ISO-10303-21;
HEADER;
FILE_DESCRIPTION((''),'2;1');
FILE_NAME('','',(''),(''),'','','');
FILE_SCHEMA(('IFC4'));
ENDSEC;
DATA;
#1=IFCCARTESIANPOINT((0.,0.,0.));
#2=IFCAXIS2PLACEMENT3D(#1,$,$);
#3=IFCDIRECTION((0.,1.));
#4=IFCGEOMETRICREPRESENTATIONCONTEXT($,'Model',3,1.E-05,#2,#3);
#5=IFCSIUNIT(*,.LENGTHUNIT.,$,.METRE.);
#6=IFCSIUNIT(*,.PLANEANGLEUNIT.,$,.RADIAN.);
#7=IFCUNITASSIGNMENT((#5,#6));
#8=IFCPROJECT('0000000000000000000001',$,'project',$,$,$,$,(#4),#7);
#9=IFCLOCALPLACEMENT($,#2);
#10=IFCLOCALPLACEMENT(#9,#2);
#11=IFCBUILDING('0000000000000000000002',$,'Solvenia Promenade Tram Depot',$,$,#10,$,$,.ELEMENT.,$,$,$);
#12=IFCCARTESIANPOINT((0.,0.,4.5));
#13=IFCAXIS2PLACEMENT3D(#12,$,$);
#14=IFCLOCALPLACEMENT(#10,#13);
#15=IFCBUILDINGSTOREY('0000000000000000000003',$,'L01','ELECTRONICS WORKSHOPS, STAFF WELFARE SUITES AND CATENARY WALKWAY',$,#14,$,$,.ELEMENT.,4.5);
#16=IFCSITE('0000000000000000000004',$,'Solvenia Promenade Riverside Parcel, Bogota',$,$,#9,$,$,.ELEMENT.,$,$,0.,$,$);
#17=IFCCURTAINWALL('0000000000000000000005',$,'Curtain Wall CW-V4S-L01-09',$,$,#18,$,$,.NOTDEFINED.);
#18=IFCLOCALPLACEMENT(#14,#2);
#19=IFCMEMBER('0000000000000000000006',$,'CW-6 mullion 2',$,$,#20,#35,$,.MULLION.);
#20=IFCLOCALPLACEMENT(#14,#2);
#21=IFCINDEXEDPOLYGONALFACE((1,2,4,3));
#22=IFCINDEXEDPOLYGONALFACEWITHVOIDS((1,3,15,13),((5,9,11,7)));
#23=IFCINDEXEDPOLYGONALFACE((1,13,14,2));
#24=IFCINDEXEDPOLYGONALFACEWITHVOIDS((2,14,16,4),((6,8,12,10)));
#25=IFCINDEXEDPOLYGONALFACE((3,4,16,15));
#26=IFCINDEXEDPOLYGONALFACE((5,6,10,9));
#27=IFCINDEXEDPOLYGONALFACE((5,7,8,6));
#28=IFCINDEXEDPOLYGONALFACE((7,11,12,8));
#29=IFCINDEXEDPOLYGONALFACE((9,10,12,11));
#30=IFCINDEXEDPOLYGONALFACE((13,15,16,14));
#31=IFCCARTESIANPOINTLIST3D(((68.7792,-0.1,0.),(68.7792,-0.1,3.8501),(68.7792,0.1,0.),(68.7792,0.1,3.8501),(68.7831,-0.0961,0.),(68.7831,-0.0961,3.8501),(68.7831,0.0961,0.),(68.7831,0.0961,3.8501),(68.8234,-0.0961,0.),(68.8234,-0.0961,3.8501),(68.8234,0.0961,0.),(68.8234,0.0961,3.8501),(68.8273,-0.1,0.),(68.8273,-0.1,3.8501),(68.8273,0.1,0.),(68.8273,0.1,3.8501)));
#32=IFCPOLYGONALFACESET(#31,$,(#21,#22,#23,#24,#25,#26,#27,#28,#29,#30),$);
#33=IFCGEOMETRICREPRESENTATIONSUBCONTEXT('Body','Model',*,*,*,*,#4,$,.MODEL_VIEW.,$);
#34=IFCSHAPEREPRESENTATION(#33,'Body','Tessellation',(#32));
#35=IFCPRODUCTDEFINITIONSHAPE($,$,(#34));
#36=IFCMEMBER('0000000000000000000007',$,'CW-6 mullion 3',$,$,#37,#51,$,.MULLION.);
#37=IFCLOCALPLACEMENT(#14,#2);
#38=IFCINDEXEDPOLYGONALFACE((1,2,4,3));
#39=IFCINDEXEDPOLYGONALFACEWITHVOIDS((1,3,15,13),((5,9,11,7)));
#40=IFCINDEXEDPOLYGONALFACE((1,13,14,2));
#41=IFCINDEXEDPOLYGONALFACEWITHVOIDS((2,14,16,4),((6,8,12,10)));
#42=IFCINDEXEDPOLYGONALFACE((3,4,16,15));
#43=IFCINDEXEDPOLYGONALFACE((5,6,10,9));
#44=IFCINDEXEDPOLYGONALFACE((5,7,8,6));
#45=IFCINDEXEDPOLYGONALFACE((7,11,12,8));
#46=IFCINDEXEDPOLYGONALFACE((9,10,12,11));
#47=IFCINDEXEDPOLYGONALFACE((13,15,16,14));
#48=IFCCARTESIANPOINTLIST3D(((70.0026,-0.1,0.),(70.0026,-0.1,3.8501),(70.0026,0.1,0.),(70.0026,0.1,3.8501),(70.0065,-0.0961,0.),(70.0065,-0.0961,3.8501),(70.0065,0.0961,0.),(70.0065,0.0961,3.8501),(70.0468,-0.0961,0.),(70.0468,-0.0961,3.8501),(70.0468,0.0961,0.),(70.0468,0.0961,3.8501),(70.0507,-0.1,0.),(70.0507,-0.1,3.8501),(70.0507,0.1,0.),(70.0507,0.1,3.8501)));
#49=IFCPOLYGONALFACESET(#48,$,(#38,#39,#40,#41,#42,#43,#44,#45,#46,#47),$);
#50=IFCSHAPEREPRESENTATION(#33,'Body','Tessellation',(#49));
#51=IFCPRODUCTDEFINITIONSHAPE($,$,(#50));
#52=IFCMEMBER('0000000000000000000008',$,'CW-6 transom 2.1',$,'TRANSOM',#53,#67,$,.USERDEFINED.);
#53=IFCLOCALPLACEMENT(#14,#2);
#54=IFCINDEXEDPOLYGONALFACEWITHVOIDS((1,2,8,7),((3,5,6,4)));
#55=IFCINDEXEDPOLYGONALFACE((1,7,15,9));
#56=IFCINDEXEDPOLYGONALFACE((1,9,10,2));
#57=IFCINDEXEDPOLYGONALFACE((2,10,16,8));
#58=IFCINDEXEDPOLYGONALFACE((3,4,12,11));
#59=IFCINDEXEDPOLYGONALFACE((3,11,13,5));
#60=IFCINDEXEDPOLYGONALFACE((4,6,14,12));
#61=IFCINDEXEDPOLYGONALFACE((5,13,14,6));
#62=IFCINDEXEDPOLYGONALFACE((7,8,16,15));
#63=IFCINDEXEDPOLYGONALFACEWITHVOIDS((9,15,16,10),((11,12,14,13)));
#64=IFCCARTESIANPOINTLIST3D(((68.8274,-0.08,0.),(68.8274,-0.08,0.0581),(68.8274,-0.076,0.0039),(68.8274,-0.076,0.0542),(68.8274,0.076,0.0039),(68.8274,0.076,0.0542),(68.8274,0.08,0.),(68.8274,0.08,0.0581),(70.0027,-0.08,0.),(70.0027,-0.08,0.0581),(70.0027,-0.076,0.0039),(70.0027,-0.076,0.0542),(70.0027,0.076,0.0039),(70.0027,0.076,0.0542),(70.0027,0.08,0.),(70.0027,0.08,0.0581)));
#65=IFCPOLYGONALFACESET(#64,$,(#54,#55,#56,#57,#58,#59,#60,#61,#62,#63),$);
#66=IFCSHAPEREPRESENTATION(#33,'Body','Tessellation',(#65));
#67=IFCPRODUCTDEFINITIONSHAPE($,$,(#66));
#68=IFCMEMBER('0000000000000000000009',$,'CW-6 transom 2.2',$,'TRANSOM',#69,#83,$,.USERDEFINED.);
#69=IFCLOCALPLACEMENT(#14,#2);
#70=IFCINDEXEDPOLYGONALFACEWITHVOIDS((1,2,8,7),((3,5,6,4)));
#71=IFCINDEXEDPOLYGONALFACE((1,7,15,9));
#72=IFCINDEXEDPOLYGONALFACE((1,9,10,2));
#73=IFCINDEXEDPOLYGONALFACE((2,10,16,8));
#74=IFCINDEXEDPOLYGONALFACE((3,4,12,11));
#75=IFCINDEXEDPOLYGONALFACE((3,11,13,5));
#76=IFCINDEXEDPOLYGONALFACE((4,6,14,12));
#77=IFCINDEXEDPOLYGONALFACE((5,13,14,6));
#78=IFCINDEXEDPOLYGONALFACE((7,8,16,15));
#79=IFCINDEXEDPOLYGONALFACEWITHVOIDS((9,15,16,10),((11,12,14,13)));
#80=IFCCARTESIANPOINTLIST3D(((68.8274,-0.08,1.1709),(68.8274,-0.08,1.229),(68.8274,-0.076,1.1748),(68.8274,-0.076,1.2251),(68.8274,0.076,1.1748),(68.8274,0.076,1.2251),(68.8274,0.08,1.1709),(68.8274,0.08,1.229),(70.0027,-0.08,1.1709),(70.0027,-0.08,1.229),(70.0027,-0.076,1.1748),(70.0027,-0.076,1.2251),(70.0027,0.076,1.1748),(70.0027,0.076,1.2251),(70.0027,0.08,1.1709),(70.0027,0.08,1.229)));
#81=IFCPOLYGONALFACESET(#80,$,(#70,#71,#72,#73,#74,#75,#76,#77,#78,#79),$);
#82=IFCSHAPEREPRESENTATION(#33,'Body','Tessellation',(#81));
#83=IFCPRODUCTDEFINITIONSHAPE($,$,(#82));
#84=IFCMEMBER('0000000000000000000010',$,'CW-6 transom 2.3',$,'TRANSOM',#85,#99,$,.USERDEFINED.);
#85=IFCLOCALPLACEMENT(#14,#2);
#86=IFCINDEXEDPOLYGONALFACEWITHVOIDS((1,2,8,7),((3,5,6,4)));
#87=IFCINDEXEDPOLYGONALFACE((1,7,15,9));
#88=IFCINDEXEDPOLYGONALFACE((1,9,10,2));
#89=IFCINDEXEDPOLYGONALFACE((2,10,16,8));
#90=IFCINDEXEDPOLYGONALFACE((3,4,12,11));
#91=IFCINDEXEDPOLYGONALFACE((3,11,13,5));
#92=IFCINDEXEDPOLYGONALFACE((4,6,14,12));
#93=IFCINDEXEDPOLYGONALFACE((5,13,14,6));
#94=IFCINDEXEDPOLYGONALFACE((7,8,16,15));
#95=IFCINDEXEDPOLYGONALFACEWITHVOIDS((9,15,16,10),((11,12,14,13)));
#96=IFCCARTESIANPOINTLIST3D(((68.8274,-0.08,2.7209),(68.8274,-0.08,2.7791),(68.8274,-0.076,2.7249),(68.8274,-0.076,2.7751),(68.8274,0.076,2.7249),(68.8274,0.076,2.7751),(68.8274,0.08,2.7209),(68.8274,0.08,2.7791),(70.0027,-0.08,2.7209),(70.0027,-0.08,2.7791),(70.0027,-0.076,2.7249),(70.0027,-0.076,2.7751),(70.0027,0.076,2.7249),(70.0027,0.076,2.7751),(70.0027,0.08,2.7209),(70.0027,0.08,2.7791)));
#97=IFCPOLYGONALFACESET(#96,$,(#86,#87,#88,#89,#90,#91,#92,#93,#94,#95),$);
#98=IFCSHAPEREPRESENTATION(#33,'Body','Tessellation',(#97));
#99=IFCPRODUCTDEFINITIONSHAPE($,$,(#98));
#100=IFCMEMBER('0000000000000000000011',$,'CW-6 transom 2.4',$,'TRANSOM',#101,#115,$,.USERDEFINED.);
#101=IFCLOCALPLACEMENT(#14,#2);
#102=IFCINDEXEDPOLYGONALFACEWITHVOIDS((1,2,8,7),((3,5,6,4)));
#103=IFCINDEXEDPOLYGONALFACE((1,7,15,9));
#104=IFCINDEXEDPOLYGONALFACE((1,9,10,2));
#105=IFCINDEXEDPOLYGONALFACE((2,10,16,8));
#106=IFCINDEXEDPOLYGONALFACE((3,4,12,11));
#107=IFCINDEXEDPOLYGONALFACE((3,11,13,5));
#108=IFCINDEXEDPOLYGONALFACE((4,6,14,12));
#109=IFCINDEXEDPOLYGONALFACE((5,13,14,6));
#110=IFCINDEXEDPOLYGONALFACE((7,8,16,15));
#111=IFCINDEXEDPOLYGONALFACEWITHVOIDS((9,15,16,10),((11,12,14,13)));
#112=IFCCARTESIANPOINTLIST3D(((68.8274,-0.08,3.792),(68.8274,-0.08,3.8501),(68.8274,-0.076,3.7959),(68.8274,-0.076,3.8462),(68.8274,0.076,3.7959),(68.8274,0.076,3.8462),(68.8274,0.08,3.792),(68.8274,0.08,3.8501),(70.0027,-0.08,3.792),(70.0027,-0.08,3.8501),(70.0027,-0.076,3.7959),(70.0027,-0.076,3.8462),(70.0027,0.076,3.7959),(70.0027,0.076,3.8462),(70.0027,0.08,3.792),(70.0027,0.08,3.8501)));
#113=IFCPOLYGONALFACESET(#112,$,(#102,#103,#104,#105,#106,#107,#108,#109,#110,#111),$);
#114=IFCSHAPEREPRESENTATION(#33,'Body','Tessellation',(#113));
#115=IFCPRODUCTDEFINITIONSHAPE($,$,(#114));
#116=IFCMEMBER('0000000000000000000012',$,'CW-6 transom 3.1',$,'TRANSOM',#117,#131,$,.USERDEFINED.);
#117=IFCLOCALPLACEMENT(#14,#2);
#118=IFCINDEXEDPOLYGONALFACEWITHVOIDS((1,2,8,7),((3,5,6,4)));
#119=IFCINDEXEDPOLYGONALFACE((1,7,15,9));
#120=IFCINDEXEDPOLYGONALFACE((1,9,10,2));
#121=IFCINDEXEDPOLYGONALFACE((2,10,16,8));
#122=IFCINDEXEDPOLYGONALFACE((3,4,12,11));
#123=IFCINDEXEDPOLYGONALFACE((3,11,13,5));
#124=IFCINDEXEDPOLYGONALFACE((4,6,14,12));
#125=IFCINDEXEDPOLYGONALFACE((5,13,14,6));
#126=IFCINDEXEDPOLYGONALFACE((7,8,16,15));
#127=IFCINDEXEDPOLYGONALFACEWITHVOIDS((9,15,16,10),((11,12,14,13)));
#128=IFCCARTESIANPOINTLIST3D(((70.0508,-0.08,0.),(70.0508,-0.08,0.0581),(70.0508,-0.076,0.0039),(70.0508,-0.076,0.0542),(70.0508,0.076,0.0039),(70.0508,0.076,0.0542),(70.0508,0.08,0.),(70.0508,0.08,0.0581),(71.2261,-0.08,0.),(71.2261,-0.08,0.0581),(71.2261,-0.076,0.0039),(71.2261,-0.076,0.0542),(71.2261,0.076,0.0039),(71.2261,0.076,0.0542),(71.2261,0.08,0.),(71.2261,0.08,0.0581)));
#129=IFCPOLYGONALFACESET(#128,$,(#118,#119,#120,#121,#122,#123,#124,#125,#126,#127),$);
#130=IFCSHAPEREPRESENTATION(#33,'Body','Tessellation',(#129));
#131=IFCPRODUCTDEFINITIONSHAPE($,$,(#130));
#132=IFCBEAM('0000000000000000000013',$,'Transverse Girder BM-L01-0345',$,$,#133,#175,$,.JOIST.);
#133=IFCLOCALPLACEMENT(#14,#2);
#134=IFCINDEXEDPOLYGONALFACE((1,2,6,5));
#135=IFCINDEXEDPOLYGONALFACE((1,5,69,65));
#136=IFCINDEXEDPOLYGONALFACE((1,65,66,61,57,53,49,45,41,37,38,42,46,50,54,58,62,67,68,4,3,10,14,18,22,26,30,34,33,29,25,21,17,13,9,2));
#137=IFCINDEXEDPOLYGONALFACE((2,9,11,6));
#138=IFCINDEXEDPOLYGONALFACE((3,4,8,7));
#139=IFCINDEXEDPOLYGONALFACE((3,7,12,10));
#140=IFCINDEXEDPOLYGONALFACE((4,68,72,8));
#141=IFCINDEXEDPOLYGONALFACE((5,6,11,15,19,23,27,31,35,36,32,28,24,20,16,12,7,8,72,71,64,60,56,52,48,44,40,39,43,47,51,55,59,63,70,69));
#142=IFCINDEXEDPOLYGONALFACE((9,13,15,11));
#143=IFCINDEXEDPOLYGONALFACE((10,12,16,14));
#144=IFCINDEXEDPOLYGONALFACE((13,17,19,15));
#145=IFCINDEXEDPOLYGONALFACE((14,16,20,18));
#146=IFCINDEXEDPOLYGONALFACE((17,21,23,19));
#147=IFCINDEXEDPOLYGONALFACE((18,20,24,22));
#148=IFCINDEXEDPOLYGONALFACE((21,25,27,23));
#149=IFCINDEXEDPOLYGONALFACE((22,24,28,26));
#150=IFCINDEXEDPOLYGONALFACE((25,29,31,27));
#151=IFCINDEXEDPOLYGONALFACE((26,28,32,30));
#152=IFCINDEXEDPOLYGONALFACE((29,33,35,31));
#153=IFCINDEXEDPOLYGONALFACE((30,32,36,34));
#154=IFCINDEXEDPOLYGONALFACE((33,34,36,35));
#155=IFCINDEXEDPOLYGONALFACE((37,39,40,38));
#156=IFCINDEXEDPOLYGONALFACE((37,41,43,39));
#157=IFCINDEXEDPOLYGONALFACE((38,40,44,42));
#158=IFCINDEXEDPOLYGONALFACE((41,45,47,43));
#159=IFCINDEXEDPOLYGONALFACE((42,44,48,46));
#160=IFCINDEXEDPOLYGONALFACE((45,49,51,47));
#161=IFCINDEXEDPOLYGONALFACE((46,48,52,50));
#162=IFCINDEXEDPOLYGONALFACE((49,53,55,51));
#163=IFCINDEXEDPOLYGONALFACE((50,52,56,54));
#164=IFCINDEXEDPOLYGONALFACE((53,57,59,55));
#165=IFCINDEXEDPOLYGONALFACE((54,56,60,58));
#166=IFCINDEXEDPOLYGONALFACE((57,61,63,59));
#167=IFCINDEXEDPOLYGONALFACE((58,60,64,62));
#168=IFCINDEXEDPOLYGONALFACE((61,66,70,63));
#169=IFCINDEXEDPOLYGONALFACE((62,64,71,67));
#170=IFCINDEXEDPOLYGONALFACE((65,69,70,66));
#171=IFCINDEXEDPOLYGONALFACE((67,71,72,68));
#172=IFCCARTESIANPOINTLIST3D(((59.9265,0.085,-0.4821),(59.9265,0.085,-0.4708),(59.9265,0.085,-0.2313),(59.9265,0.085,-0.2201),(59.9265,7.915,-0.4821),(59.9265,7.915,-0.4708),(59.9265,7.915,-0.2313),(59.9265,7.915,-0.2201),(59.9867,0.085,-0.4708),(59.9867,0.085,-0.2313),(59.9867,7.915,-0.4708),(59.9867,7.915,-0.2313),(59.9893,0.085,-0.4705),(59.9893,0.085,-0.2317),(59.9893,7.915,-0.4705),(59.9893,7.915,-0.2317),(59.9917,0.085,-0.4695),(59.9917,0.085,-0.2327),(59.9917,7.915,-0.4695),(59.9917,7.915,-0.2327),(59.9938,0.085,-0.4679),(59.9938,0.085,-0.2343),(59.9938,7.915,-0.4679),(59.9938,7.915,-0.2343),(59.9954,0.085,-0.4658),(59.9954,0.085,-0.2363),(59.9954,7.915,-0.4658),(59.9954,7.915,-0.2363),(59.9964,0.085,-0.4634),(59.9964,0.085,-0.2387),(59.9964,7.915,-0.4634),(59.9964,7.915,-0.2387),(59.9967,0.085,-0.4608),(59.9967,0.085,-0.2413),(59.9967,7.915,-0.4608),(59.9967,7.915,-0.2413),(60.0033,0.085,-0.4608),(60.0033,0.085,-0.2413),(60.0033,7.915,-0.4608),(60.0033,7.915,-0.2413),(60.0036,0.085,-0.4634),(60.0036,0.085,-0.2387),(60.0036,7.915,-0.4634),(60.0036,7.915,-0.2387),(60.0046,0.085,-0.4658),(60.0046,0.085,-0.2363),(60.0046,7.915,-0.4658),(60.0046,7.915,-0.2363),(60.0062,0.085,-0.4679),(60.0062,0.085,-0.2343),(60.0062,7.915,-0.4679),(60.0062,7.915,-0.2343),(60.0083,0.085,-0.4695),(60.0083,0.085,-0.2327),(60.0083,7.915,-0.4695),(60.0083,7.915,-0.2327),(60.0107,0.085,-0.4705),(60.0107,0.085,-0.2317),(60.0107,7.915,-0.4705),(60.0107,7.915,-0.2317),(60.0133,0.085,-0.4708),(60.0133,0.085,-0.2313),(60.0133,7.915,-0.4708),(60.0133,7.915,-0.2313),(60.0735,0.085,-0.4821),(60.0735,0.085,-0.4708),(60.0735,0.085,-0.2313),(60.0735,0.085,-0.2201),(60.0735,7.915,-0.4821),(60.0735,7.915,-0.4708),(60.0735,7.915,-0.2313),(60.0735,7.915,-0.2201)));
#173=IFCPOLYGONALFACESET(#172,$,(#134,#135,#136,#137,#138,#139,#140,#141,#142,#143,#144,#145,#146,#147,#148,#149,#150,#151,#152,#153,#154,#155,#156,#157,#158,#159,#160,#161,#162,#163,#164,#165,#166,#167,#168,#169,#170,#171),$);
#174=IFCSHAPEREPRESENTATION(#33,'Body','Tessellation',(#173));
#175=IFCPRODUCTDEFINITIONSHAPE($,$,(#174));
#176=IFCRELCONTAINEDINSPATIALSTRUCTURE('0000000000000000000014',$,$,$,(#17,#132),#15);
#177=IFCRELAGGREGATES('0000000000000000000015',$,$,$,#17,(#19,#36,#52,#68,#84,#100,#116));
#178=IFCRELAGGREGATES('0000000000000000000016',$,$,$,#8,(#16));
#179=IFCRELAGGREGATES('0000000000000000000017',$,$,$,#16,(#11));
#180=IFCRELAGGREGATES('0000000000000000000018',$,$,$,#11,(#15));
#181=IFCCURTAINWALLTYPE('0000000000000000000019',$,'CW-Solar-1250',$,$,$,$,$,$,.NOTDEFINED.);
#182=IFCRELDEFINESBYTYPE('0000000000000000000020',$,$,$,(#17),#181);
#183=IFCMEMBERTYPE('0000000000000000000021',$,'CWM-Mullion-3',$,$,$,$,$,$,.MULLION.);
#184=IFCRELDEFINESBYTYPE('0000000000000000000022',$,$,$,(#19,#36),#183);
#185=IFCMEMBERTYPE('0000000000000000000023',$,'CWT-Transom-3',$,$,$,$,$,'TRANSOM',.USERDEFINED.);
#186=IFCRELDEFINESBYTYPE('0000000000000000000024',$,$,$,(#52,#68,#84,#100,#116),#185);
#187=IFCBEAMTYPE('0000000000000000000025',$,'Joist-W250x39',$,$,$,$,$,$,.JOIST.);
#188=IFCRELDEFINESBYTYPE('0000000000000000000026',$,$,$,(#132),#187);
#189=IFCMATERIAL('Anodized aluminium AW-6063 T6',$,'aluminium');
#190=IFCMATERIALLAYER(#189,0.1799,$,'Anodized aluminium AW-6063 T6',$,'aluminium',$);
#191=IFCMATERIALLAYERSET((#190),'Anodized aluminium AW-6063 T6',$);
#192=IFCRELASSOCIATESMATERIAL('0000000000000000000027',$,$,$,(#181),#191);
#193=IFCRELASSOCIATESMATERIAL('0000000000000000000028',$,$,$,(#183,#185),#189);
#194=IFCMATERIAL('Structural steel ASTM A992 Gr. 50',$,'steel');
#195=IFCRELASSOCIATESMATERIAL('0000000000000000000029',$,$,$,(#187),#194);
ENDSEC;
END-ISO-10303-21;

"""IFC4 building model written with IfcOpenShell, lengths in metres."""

from ifc_helpers import new_model, si_unit, direction, frame, origin, origin_2d, place, context, subcontext, project, spatial, hollow_rectangle, i_section, extrude, material, layer, layer_set, material_profile, profile_set, type_object, element, aggregate, save


model = new_model("IFC4")

# Units and contexts
model_context = context("Model", 3, precision=1e-05, world=origin(), true_north=direction((0.0, 1.0)))
body_context = subcontext(model_context, "Body", "Model", "MODEL_VIEW")
ifc_project = project(units=[si_unit("LENGTHUNIT", "METRE"), si_unit("PLANEANGLEUNIT", "RADIAN")], contexts=[model_context])

# Site, building, storey
site_placement = place(None, origin())
site = spatial("IfcSite", under=ifc_project, at=site_placement, Name="Solvenia Promenade Riverside Parcel, Bogota", CompositionType="ELEMENT", RefElevation=0.0)
building_placement = place(site_placement, origin())
building = spatial("IfcBuilding", under=site, at=building_placement, Name="Solvenia Promenade Tram Depot", CompositionType="ELEMENT")
storey_placement = place(building_placement, frame((0.0, 0.0, 4.5)))
storey = spatial("IfcBuildingStorey", under=building, at=storey_placement, Name="L01", Description="ELECTRONICS WORKSHOPS, STAFF WELFARE SUITES AND CATENARY WALKWAY", CompositionType="ELEMENT", Elevation=4.5)

# Curtain wall, members
ifc_material_1 = material(Name="Anodized aluminium AW-6063 T6", Category="aluminium")
ifc_layer_1 = layer(ifc_material_1, 0.1799, Name="Anodized aluminium AW-6063 T6", Category="aluminium")
ifc_layer_set_1 = layer_set([ifc_layer_1], Name="Anodized aluminium AW-6063 T6")
curtain_wall_type = type_object("IfcCurtainWallType", Name="CW-Solar-1250", PredefinedType="NOTDEFINED", material=ifc_layer_set_1)
curtain_wall_placement = place(storey_placement, origin())
curtain_wall = element("IfcCurtainWall", 1, at=curtain_wall_placement, inside=storey, type_object=curtain_wall_type, Name="Curtain Wall CW-V4S-L01-09", PredefinedType="NOTDEFINED")
ifc_material_profile_1 = material_profile(ifc_material_1, hollow_rectangle(XDim=0.2, YDim=0.0481, WallThickness=0.0039, at=origin_2d()), Name="ALU-M3", Category="aluminium")
ifc_profile_set_1 = profile_set([ifc_material_profile_1], Name="Anodized aluminium AW-6063 T6")
member_type_1 = type_object("IfcMemberType", Name="CWM-Mullion-3", PredefinedType="MULLION", material=ifc_profile_set_1)
member_1_placement = place(storey_placement, frame((68.8032, 0.0, 0.0), z_axis=(0.0, 0.0, 1.0), x_axis=(0.0, 1.0, 0.0)))
member_1 = element("IfcMember", 2, at=member_1_placement, type_object=member_type_1, Name="CW-6 mullion 2", PredefinedType="MULLION", context=body_context, shape_type="SweptSolid", body=[
    extrude(hollow_rectangle(XDim=0.2, YDim=0.0481, WallThickness=0.0039, at=origin_2d()), origin(), (0.0, 0.0, 1.0), 3.8501),
])
member_2_placement = place(storey_placement, frame((70.0266, 0.0, 0.0), z_axis=(0.0, 0.0, 1.0), x_axis=(0.0, 1.0, 0.0)))
member_2 = element("IfcMember", 3, at=member_2_placement, type_object=member_type_1, Name="CW-6 mullion 3", PredefinedType="MULLION", context=body_context, shape_type="SweptSolid", body=[
    extrude(hollow_rectangle(XDim=0.2, YDim=0.0481, WallThickness=0.0039, at=origin_2d()), origin(), (0.0, 0.0, 1.0), 3.8501),
])
ifc_material_profile_2 = material_profile(ifc_material_1, hollow_rectangle(XDim=0.1599, YDim=0.0581, WallThickness=0.0039, at=origin_2d()), Name="ALU-T3", Category="aluminium")
ifc_profile_set_2 = profile_set([ifc_material_profile_2], Name="Anodized aluminium AW-6063 T6")
member_type_2 = type_object("IfcMemberType", Name="CWT-Transom-3", ElementType="TRANSOM", PredefinedType="USERDEFINED", material=ifc_profile_set_2)
member_3_placement = place(storey_placement, frame((68.8274, 0.0, 0.0291), z_axis=(1.0, 0.0, 0.0), x_axis=(0.0, 1.0, 0.0)))
member_3 = element("IfcMember", 4, at=member_3_placement, type_object=member_type_2, Name="CW-6 transom 2.1", ObjectType="TRANSOM", PredefinedType="USERDEFINED", context=body_context, shape_type="SweptSolid", body=[
    extrude(hollow_rectangle(XDim=0.1599, YDim=0.0581, WallThickness=0.0039, at=origin_2d()), origin(), (0.0, 0.0, 1.0), 1.1753),
])
member_4_placement = place(storey_placement, frame((68.8274, 0.0, 1.2), z_axis=(1.0, 0.0, 0.0), x_axis=(0.0, 1.0, 0.0)))
member_4 = element("IfcMember", 5, at=member_4_placement, type_object=member_type_2, Name="CW-6 transom 2.2", ObjectType="TRANSOM", PredefinedType="USERDEFINED", context=body_context, shape_type="SweptSolid", body=[
    extrude(hollow_rectangle(XDim=0.1599, YDim=0.0581, WallThickness=0.0039, at=origin_2d()), origin(), (0.0, 0.0, 1.0), 1.1753),
])
member_5_placement = place(storey_placement, frame((68.8274, 0.0, 2.75), z_axis=(1.0, 0.0, 0.0), x_axis=(0.0, 1.0, 0.0)))
member_5 = element("IfcMember", 6, at=member_5_placement, type_object=member_type_2, Name="CW-6 transom 2.3", ObjectType="TRANSOM", PredefinedType="USERDEFINED", context=body_context, shape_type="SweptSolid", body=[
    extrude(hollow_rectangle(XDim=0.1599, YDim=0.0581, WallThickness=0.0039, at=origin_2d()), origin(), (0.0, 0.0, 1.0), 1.1753),
])
member_6_placement = place(storey_placement, frame((68.8274, 0.0, 3.821), z_axis=(1.0, 0.0, 0.0), x_axis=(0.0, 1.0, 0.0)))
member_6 = element("IfcMember", 7, at=member_6_placement, type_object=member_type_2, Name="CW-6 transom 2.4", ObjectType="TRANSOM", PredefinedType="USERDEFINED", context=body_context, shape_type="SweptSolid", body=[
    extrude(hollow_rectangle(XDim=0.1599, YDim=0.0581, WallThickness=0.0039, at=origin_2d()), origin(), (0.0, 0.0, 1.0), 1.1753),
])
member_7_placement = place(storey_placement, frame((70.0508, 0.0, 0.0291), z_axis=(1.0, 0.0, 0.0), x_axis=(0.0, 1.0, 0.0)))
member_7 = element("IfcMember", 8, at=member_7_placement, type_object=member_type_2, Name="CW-6 transom 3.1", ObjectType="TRANSOM", PredefinedType="USERDEFINED", context=body_context, shape_type="SweptSolid", body=[
    extrude(hollow_rectangle(XDim=0.1599, YDim=0.0581, WallThickness=0.0039, at=origin_2d()), origin(), (0.0, 0.0, 1.0), 1.1753),
])

# Beam
ifc_material_2 = material(Name="Structural steel ASTM A992 Gr. 50", Category="steel")
ifc_material_profile_3 = material_profile(ifc_material_2, i_section(OverallWidth=0.147, OverallDepth=0.262, WebThickness=0.0066, FlangeThickness=0.0112, FilletRadius=0.01, at=origin_2d()), Name="W250x39", Category="steel")
ifc_profile_set_3 = profile_set([ifc_material_profile_3], Name="Structural steel ASTM A992 Gr. 50")
beam_type = type_object("IfcBeamType", Name="Joist-W250x39", PredefinedType="JOIST", material=ifc_profile_set_3)
for number, where, z_axis, x_axis, name in (
    (9, (60.0, 0.085, -0.3511), (0.0, 1.0, 0.0), (-1.0, 0.0, 0.0), "Transverse Girder BM-L01-0345"),
):
    element("IfcBeam", number, at=place(storey_placement, frame(where, z_axis=z_axis, x_axis=x_axis)), inside=storey, type_object=beam_type, Name=name, PredefinedType="JOIST", context=body_context, shape_type="SweptSolid", body=[
        extrude(i_section(OverallWidth=0.147, OverallDepth=0.262, WebThickness=0.0066, FlangeThickness=0.0112, FilletRadius=0.01, at=origin_2d()), origin(), (0.0, 0.0, 1.0), 7.8301),
    ])

aggregate(curtain_wall, [member_1, member_2, member_3, member_4, member_5, member_6, member_7])

save(model, "model.ifc")
